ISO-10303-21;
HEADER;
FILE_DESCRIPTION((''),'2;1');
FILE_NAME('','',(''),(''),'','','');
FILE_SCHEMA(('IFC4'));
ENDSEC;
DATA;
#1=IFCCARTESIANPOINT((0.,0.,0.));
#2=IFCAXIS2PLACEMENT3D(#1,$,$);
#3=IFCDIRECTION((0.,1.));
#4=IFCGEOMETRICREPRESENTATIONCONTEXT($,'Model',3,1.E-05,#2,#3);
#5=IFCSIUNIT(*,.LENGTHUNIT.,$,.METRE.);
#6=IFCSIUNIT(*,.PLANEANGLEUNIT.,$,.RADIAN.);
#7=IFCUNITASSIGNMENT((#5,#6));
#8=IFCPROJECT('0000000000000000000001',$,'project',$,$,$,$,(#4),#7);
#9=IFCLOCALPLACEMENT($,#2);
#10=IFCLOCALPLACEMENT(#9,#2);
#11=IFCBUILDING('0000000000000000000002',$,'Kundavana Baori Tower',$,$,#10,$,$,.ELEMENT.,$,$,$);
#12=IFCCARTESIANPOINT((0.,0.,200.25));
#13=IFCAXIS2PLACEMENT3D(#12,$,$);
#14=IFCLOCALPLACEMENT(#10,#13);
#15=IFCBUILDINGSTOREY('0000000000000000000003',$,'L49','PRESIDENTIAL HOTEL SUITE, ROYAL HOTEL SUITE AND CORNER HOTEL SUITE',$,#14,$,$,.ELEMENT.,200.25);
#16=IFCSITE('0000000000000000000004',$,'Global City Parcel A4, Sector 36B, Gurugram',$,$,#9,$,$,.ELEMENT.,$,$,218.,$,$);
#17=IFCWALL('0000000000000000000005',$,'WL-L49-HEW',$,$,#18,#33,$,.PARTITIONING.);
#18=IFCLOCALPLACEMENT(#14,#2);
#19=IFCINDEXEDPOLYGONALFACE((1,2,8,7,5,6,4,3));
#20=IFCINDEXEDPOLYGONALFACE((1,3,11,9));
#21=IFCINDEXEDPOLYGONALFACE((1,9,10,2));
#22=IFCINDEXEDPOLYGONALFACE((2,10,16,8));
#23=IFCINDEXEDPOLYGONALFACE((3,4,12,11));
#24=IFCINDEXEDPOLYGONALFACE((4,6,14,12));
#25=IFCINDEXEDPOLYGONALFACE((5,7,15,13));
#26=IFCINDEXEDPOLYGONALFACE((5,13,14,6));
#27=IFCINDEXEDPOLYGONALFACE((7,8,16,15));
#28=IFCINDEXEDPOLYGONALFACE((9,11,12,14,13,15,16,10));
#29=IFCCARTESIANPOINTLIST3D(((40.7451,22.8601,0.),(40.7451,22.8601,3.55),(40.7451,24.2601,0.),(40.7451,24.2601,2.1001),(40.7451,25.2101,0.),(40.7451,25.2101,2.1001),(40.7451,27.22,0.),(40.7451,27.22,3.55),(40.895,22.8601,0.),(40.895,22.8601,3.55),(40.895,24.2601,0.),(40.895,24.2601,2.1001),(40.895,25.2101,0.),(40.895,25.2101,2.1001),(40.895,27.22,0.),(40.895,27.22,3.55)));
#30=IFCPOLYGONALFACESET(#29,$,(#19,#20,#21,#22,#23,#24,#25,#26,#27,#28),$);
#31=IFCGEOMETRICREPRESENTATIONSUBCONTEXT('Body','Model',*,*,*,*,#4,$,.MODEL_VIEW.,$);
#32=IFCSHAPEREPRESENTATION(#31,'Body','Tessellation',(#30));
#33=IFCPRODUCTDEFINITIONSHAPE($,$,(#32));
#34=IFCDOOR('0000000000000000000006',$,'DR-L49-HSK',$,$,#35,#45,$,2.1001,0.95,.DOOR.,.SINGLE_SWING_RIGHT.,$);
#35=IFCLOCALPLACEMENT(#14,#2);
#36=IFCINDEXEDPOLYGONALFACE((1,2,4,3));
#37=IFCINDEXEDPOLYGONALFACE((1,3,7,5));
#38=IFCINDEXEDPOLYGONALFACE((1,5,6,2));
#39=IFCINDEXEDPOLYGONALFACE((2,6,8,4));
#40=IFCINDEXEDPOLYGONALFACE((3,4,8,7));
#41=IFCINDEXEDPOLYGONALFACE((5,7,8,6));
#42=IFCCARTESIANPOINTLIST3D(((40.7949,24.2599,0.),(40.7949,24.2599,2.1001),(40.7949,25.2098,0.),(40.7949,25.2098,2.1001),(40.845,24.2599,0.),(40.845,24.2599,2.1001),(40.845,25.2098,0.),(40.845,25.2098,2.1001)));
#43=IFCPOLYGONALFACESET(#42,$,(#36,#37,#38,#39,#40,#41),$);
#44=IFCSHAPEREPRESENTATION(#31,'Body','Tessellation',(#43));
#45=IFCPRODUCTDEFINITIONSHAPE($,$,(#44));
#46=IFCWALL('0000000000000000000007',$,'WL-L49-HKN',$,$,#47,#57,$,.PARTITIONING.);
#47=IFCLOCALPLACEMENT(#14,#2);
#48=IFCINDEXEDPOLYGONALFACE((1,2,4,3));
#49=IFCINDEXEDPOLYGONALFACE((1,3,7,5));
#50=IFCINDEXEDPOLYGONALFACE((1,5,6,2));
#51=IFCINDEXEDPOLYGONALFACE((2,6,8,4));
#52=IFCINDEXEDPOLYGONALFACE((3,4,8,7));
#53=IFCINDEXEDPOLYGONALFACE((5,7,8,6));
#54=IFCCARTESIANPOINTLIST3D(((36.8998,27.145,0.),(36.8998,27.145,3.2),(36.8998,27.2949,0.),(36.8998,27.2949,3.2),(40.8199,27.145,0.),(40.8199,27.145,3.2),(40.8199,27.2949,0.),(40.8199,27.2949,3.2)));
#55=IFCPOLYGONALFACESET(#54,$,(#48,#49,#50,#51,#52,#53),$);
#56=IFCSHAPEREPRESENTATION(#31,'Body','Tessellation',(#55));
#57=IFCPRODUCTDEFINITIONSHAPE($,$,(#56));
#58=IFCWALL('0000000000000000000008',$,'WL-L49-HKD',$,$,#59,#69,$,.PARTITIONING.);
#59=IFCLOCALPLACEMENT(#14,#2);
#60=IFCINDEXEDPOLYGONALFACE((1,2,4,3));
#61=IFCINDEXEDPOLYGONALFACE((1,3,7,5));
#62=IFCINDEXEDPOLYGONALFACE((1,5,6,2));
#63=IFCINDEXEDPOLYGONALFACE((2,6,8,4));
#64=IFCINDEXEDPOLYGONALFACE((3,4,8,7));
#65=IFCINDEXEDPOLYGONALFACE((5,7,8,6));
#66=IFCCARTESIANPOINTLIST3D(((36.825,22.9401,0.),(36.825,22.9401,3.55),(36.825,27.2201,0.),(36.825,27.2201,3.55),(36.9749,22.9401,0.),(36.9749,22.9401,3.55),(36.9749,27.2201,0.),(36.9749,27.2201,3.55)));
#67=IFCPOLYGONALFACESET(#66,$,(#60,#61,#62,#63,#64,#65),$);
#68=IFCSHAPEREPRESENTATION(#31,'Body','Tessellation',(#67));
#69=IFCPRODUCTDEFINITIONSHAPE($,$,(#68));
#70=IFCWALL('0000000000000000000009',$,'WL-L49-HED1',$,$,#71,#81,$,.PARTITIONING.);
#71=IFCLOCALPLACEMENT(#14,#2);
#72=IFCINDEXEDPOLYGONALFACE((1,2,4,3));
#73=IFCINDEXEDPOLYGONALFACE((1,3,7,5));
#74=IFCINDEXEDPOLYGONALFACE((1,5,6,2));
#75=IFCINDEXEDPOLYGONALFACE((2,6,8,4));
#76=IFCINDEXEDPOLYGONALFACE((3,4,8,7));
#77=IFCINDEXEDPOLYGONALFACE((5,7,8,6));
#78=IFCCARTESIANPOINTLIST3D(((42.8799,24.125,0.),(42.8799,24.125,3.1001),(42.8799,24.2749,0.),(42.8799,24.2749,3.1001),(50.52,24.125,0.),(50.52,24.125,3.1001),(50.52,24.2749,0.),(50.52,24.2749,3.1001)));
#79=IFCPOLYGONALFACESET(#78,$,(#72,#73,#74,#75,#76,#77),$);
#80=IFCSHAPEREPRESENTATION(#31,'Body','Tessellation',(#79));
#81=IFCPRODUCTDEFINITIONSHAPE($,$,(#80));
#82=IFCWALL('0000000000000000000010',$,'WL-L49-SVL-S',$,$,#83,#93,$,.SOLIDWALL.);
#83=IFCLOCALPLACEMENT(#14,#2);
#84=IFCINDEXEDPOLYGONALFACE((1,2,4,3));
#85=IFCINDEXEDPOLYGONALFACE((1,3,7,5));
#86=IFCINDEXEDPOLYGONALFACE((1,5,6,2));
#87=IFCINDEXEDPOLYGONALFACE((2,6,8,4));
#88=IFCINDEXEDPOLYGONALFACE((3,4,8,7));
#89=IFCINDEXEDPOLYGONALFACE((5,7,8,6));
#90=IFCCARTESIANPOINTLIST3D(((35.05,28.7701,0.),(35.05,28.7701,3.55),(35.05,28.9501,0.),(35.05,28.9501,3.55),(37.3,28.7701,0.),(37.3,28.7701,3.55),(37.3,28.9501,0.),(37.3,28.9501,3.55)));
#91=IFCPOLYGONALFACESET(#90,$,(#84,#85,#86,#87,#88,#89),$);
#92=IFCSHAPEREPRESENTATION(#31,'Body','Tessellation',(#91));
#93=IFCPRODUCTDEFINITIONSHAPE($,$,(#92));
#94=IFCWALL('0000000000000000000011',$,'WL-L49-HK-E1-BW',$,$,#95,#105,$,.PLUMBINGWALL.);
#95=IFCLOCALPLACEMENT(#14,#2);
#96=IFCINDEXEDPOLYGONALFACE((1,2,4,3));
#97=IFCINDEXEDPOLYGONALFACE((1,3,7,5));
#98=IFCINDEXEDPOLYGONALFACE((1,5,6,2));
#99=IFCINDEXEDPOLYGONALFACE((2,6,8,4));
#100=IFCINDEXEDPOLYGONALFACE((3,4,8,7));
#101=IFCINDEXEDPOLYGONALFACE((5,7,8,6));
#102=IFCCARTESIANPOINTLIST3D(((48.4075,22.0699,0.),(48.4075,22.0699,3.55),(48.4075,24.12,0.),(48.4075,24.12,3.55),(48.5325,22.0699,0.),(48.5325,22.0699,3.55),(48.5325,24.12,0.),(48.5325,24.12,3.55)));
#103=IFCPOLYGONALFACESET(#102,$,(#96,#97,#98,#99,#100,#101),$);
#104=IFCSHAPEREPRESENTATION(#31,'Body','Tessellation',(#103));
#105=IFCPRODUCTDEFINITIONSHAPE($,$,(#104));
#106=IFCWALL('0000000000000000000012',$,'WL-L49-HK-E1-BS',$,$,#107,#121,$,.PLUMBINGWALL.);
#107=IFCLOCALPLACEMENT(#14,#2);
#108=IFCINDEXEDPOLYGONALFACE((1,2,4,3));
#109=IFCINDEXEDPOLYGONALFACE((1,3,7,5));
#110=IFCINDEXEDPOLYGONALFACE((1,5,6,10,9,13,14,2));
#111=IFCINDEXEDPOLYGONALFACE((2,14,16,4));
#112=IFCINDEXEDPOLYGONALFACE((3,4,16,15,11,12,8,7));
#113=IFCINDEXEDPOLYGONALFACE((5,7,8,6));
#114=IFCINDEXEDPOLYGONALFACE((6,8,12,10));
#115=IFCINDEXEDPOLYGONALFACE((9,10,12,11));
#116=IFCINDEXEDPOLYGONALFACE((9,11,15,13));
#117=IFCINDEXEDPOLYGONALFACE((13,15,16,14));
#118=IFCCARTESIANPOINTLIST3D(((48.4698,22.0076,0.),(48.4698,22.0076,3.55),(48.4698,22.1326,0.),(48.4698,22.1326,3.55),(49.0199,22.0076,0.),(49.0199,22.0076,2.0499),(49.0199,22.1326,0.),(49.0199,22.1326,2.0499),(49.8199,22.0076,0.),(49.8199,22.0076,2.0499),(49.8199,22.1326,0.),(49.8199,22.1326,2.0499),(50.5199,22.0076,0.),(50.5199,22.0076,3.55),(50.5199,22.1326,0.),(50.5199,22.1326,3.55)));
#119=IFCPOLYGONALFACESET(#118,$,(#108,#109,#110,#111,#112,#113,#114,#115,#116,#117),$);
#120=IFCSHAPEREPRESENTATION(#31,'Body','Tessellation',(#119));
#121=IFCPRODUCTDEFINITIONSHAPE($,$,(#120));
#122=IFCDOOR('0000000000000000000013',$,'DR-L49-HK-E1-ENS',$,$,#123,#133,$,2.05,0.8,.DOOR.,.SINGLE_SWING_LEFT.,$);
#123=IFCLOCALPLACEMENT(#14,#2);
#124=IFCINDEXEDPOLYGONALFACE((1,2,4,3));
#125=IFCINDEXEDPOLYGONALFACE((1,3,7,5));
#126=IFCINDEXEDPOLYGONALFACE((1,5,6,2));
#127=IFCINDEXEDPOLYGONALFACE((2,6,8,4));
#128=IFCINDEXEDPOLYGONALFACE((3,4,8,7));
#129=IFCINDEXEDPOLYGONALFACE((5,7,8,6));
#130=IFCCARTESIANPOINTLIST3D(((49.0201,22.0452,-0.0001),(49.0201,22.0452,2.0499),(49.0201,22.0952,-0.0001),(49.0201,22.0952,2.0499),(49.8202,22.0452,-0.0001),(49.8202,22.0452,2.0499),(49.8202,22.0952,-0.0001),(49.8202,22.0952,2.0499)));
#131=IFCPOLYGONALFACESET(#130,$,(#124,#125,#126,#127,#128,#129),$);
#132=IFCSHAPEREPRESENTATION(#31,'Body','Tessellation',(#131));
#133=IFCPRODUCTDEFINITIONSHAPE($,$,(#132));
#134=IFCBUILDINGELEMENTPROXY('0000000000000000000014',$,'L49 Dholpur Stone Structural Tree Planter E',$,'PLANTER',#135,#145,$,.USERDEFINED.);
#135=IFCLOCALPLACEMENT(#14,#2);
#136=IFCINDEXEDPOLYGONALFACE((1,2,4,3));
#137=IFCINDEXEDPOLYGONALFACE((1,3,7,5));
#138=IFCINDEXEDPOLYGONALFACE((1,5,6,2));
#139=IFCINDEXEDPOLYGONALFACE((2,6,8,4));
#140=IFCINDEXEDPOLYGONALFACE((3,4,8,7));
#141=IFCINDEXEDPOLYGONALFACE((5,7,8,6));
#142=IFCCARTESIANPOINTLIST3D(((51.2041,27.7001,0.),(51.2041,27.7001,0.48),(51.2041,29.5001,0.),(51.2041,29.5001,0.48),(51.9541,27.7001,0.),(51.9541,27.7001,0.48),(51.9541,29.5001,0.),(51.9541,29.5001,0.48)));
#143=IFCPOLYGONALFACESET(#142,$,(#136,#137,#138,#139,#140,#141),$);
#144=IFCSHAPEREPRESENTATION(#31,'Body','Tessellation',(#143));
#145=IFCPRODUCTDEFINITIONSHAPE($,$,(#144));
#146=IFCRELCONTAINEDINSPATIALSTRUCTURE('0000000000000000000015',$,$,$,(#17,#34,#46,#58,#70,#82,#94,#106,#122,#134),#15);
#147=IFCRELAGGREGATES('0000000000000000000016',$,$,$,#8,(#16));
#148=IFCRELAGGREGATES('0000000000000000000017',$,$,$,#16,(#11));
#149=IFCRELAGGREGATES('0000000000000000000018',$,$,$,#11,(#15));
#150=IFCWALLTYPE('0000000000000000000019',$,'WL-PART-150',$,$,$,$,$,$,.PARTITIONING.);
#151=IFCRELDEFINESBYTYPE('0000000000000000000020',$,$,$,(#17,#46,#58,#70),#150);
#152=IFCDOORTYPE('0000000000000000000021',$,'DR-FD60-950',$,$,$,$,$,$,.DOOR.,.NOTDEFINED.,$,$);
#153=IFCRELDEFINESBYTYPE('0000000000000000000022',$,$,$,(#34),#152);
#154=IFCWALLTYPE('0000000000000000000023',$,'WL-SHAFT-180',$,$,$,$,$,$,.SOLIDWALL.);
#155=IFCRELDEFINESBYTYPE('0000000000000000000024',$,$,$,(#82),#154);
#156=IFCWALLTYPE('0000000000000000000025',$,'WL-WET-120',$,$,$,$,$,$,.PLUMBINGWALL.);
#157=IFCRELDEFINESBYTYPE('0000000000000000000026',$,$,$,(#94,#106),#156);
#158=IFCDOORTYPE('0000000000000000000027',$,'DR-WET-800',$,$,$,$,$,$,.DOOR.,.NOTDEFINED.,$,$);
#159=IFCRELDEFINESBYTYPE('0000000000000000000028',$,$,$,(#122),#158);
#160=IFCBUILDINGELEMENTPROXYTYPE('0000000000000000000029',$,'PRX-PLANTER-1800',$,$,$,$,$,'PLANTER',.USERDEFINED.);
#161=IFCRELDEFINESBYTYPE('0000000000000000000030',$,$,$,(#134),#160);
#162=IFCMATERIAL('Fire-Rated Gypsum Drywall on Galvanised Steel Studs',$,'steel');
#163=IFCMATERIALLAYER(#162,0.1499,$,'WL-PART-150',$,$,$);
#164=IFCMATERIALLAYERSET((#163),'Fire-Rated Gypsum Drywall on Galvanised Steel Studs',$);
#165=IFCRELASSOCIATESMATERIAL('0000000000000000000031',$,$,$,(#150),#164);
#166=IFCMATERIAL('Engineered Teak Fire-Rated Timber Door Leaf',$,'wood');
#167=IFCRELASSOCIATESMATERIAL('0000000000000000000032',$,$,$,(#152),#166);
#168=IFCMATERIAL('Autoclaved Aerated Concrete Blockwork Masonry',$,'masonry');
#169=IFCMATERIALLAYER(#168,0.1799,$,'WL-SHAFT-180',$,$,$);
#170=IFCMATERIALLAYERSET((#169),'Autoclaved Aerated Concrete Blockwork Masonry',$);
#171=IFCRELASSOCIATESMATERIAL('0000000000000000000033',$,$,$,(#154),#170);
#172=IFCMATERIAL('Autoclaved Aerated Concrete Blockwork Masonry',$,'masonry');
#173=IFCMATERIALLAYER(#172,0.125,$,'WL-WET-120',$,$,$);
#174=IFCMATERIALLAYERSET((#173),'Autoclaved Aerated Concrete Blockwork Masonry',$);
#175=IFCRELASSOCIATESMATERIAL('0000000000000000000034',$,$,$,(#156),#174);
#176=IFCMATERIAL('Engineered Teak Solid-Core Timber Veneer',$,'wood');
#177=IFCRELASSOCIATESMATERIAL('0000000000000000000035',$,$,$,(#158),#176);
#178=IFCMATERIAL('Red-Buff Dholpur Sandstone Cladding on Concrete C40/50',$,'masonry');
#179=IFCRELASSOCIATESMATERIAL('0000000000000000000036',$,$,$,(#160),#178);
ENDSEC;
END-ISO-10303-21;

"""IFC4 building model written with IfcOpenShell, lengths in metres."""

from ifc_helpers import new_model, si_unit, direction, frame, frame_2d, origin, origin_2d, place, context, subcontext, project, spatial, rectangle, extrude, material, layer, layer_set, type_object, element, fill, save


model = new_model("IFC4")

# Units and contexts
model_context = context("Model", 3, precision=1e-05, world=origin(), true_north=direction((0.0, 1.0)))
body_context = subcontext(model_context, "Body", "Model", "MODEL_VIEW")
ifc_project = project(units=[si_unit("LENGTHUNIT", "METRE"), si_unit("PLANEANGLEUNIT", "RADIAN")], contexts=[model_context])

# Site, building, storey
site_placement = place(None, origin())
site = spatial("IfcSite", under=ifc_project, at=site_placement, Name="Global City Parcel A4, Sector 36B, Gurugram", CompositionType="ELEMENT", RefElevation=218.0)
building_placement = place(site_placement, origin())
building = spatial("IfcBuilding", under=site, at=building_placement, Name="Kundavana Baori Tower", CompositionType="ELEMENT")
storey_placement = place(building_placement, frame((0.0, 0.0, 200.25)))
storey = spatial("IfcBuildingStorey", under=building, at=storey_placement, Name="L49", Description="PRESIDENTIAL HOTEL SUITE, ROYAL HOTEL SUITE AND CORNER HOTEL SUITE", CompositionType="ELEMENT", Elevation=200.25)

# Wall, opening, door
ifc_material_1 = material(Name="Fire-Rated Gypsum Drywall on Galvanised Steel Studs", Category="steel")
ifc_layer_1 = layer(ifc_material_1, 0.1499, Name="WL-PART-150")
ifc_layer_set_1 = layer_set([ifc_layer_1], Name="Fire-Rated Gypsum Drywall on Galvanised Steel Studs")
wall_type_1 = type_object("IfcWallType", Name="WL-PART-150", PredefinedType="PARTITIONING", material=ifc_layer_set_1)
wall_1_placement = place(storey_placement, frame((40.8201, 22.8601, 0.0), z_axis=(0.0, 0.0, 1.0), x_axis=(0.0, 1.0, 0.0)))
wall_1 = element("IfcWall", 1, at=wall_1_placement, inside=storey, type_object=wall_type_1, Name="WL-L49-HEW", PredefinedType="PARTITIONING", context=body_context, shape_type="SweptSolid", body=[
    extrude(rectangle(XDim=4.3599, YDim=0.1499, at=frame_2d((2.1799, 0.0))), origin(), (0.0, 0.0, 1.0), 3.55),
])
opening_1_placement = place(wall_1_placement, frame((1.3999, 0.0, 0.0)))
opening_1 = element("IfcOpeningElement", 2, at=opening_1_placement, cuts=wall_1, PredefinedType="OPENING", context=body_context, shape_type="SweptSolid", body=[
    extrude(rectangle(XDim=0.95, YDim=2.1001, at=frame_2d((0.4751, 1.05))), frame((0.0, 0.085, 0.0), z_axis=(0.0, -1.0, 0.0), x_axis=(1.0, 0.0, 0.0)), (0.0, 0.0, 1.0), 0.1699),
])
ifc_material_2 = material(Name="Engineered Teak Fire-Rated Timber Door Leaf", Category="wood")
door_type_1 = type_object("IfcDoorType", Name="DR-FD60-950", OperationType="NOTDEFINED", PredefinedType="DOOR", material=ifc_material_2)
door_1_placement = place(opening_1_placement, frame((0.95, 0.0, 0.0), z_axis=(0.0, 0.0, 1.0), x_axis=(-1.0, 0.0, 0.0)))
door_1 = element("IfcDoor", 3, at=door_1_placement, inside=storey, type_object=door_type_1, Name="DR-L49-HSK", OperationType="SINGLE_SWING_RIGHT", OverallHeight=2.1001, OverallWidth=0.95, PredefinedType="DOOR", context=body_context, shape_type="SweptSolid", body=[
    extrude(rectangle(XDim=0.95, YDim=2.1001, at=frame_2d((0.4751, 1.05))), frame((0.0, 0.0249, 0.0), z_axis=(0.0, -1.0, 0.0), x_axis=(1.0, 0.0, 0.0)), (0.0, 0.0, 1.0), 0.05),
])
fill(opening_1, door_1)

# Walls
wall_2_placement = place(storey_placement, frame((36.8999, 27.22, 0.0), z_axis=(0.0, 0.0, 1.0), x_axis=(1.0, 0.0, 0.0)))
element("IfcWall", 4, at=wall_2_placement, inside=storey, type_object=wall_type_1, Name="WL-L49-HKN", PredefinedType="PARTITIONING", context=body_context, shape_type="SweptSolid", body=[
    extrude(rectangle(XDim=3.9202, YDim=0.1499, at=frame_2d((1.96, 0.0))), origin(), (0.0, 0.0, 1.0), 3.2),
])
wall_3_placement = place(storey_placement, frame((36.8999, 22.9399, 0.0), z_axis=(0.0, 0.0, 1.0), x_axis=(0.0, 1.0, 0.0)))
element("IfcWall", 5, at=wall_3_placement, inside=storey, type_object=wall_type_1, Name="WL-L49-HKD", PredefinedType="PARTITIONING", context=body_context, shape_type="SweptSolid", body=[
    extrude(rectangle(XDim=4.28, YDim=0.1499, at=frame_2d((2.1401, 0.0))), origin(), (0.0, 0.0, 1.0), 3.55),
])
wall_4_placement = place(storey_placement, frame((42.8799, 24.2, 0.0), z_axis=(0.0, 0.0, 1.0), x_axis=(1.0, 0.0, 0.0)))
element("IfcWall", 6, at=wall_4_placement, inside=storey, type_object=wall_type_1, Name="WL-L49-HED1", PredefinedType="PARTITIONING", context=body_context, shape_type="SweptSolid", body=[
    extrude(rectangle(XDim=7.6401, YDim=0.1499, at=frame_2d((3.8201, 0.0))), origin(), (0.0, 0.0, 1.0), 3.1001),
])

# Shared definitions
ifc_material_3 = material(Name="Autoclaved Aerated Concrete Blockwork Masonry", Category="masonry")
ifc_layer_2 = layer(ifc_material_3, 0.1799, Name="WL-SHAFT-180")
ifc_layer_set_2 = layer_set([ifc_layer_2], Name="Autoclaved Aerated Concrete Blockwork Masonry")
wall_type_2 = type_object("IfcWallType", Name="WL-SHAFT-180", PredefinedType="SOLIDWALL", material=ifc_layer_set_2)

# Walls
wall_5_placement = place(storey_placement, frame((35.05, 28.8601, 0.0), z_axis=(0.0, 0.0, 1.0), x_axis=(1.0, 0.0, 0.0)))
element("IfcWall", 7, at=wall_5_placement, inside=storey, type_object=wall_type_2, Name="WL-L49-SVL-S", PredefinedType="SOLIDWALL", context=body_context, shape_type="SweptSolid", body=[
    extrude(rectangle(XDim=2.25, YDim=0.1799, at=frame_2d((1.125, 0.0))), origin(), (0.0, 0.0, 1.0), 3.55),
])
ifc_material_4 = material(Name="Autoclaved Aerated Concrete Blockwork Masonry", Category="masonry")
ifc_layer_3 = layer(ifc_material_4, 0.125, Name="WL-WET-120")
ifc_layer_set_3 = layer_set([ifc_layer_3], Name="Autoclaved Aerated Concrete Blockwork Masonry")
wall_type_3 = type_object("IfcWallType", Name="WL-WET-120", PredefinedType="PLUMBINGWALL", material=ifc_layer_set_3)
wall_6_placement = place(storey_placement, frame((48.47, 22.0701, 0.0), z_axis=(0.0, 0.0, 1.0), x_axis=(0.0, 1.0, 0.0)))
element("IfcWall", 8, at=wall_6_placement, inside=storey, type_object=wall_type_3, Name="WL-L49-HK-E1-BW", PredefinedType="PLUMBINGWALL", context=body_context, shape_type="SweptSolid", body=[
    extrude(rectangle(XDim=2.05, YDim=0.125, at=frame_2d((1.0249, 0.0))), origin(), (0.0, 0.0, 1.0), 3.55),
])

# Wall, opening, door
wall_7_placement = place(storey_placement, frame((48.47, 22.0701, 0.0), z_axis=(0.0, 0.0, 1.0), x_axis=(1.0, 0.0, 0.0)))
wall_7 = element("IfcWall", 9, at=wall_7_placement, inside=storey, type_object=wall_type_3, Name="WL-L49-HK-E1-BS", PredefinedType="PLUMBINGWALL", context=body_context, shape_type="SweptSolid", body=[
    extrude(rectangle(XDim=2.05, YDim=0.125, at=frame_2d((1.0249, 0.0))), origin(), (0.0, 0.0, 1.0), 3.55),
])
opening_2_placement = place(wall_7_placement, frame((0.55, 0.0, 0.0)))
opening_2 = element("IfcOpeningElement", 10, at=opening_2_placement, cuts=wall_7, PredefinedType="OPENING", context=body_context, shape_type="SweptSolid", body=[
    extrude(rectangle(XDim=0.8, YDim=2.05, at=frame_2d((0.3999, 1.0249))), frame((0.0, 0.0725, 0.0), z_axis=(0.0, -1.0, 0.0), x_axis=(1.0, 0.0, 0.0)), (0.0, 0.0, 1.0), 0.145),
])
ifc_material_5 = material(Name="Engineered Teak Solid-Core Timber Veneer", Category="wood")
door_type_2 = type_object("IfcDoorType", Name="DR-WET-800", OperationType="NOTDEFINED", PredefinedType="DOOR", material=ifc_material_5)
door_2_placement = place(opening_2_placement, frame((0.8, 0.0, 0.0), z_axis=(0.0, 0.0, 1.0), x_axis=(-1.0, 0.0, 0.0)))
door_2 = element("IfcDoor", 11, at=door_2_placement, inside=storey, type_object=door_type_2, Name="DR-L49-HK-E1-ENS", OperationType="SINGLE_SWING_LEFT", OverallHeight=2.05, OverallWidth=0.8, PredefinedType="DOOR", context=body_context, shape_type="SweptSolid", body=[
    extrude(rectangle(XDim=0.8, YDim=2.05, at=frame_2d((0.3999, 1.0249))), frame((0.0, 0.0249, 0.0), z_axis=(0.0, -1.0, 0.0), x_axis=(1.0, 0.0, 0.0)), (0.0, 0.0, 1.0), 0.05),
])
fill(opening_2, door_2)

# Building element proxy
ifc_material_6 = material(Name="Red-Buff Dholpur Sandstone Cladding on Concrete C40/50", Category="masonry")
building_element_proxy_type = type_object("IfcBuildingElementProxyType", Name="PRX-PLANTER-1800", ElementType="PLANTER", PredefinedType="USERDEFINED", material=ifc_material_6)
proxy_placement = place(storey_placement, frame((51.5791, 28.6001, 0.0), z_axis=(0.0, 0.0, 1.0), x_axis=(0.0, 1.0, 0.0)))
element("IfcBuildingElementProxy", 12, at=proxy_placement, inside=storey, type_object=building_element_proxy_type, Name="L49 Dholpur Stone Structural Tree Planter E", ObjectType="PLANTER", PredefinedType="USERDEFINED", context=body_context, shape_type="SweptSolid", body=[
    extrude(rectangle(XDim=1.8, YDim=0.75, at=origin_2d()), origin(), (0.0, 0.0, 1.0), 0.48),
])

save(model, "model.ifc")
